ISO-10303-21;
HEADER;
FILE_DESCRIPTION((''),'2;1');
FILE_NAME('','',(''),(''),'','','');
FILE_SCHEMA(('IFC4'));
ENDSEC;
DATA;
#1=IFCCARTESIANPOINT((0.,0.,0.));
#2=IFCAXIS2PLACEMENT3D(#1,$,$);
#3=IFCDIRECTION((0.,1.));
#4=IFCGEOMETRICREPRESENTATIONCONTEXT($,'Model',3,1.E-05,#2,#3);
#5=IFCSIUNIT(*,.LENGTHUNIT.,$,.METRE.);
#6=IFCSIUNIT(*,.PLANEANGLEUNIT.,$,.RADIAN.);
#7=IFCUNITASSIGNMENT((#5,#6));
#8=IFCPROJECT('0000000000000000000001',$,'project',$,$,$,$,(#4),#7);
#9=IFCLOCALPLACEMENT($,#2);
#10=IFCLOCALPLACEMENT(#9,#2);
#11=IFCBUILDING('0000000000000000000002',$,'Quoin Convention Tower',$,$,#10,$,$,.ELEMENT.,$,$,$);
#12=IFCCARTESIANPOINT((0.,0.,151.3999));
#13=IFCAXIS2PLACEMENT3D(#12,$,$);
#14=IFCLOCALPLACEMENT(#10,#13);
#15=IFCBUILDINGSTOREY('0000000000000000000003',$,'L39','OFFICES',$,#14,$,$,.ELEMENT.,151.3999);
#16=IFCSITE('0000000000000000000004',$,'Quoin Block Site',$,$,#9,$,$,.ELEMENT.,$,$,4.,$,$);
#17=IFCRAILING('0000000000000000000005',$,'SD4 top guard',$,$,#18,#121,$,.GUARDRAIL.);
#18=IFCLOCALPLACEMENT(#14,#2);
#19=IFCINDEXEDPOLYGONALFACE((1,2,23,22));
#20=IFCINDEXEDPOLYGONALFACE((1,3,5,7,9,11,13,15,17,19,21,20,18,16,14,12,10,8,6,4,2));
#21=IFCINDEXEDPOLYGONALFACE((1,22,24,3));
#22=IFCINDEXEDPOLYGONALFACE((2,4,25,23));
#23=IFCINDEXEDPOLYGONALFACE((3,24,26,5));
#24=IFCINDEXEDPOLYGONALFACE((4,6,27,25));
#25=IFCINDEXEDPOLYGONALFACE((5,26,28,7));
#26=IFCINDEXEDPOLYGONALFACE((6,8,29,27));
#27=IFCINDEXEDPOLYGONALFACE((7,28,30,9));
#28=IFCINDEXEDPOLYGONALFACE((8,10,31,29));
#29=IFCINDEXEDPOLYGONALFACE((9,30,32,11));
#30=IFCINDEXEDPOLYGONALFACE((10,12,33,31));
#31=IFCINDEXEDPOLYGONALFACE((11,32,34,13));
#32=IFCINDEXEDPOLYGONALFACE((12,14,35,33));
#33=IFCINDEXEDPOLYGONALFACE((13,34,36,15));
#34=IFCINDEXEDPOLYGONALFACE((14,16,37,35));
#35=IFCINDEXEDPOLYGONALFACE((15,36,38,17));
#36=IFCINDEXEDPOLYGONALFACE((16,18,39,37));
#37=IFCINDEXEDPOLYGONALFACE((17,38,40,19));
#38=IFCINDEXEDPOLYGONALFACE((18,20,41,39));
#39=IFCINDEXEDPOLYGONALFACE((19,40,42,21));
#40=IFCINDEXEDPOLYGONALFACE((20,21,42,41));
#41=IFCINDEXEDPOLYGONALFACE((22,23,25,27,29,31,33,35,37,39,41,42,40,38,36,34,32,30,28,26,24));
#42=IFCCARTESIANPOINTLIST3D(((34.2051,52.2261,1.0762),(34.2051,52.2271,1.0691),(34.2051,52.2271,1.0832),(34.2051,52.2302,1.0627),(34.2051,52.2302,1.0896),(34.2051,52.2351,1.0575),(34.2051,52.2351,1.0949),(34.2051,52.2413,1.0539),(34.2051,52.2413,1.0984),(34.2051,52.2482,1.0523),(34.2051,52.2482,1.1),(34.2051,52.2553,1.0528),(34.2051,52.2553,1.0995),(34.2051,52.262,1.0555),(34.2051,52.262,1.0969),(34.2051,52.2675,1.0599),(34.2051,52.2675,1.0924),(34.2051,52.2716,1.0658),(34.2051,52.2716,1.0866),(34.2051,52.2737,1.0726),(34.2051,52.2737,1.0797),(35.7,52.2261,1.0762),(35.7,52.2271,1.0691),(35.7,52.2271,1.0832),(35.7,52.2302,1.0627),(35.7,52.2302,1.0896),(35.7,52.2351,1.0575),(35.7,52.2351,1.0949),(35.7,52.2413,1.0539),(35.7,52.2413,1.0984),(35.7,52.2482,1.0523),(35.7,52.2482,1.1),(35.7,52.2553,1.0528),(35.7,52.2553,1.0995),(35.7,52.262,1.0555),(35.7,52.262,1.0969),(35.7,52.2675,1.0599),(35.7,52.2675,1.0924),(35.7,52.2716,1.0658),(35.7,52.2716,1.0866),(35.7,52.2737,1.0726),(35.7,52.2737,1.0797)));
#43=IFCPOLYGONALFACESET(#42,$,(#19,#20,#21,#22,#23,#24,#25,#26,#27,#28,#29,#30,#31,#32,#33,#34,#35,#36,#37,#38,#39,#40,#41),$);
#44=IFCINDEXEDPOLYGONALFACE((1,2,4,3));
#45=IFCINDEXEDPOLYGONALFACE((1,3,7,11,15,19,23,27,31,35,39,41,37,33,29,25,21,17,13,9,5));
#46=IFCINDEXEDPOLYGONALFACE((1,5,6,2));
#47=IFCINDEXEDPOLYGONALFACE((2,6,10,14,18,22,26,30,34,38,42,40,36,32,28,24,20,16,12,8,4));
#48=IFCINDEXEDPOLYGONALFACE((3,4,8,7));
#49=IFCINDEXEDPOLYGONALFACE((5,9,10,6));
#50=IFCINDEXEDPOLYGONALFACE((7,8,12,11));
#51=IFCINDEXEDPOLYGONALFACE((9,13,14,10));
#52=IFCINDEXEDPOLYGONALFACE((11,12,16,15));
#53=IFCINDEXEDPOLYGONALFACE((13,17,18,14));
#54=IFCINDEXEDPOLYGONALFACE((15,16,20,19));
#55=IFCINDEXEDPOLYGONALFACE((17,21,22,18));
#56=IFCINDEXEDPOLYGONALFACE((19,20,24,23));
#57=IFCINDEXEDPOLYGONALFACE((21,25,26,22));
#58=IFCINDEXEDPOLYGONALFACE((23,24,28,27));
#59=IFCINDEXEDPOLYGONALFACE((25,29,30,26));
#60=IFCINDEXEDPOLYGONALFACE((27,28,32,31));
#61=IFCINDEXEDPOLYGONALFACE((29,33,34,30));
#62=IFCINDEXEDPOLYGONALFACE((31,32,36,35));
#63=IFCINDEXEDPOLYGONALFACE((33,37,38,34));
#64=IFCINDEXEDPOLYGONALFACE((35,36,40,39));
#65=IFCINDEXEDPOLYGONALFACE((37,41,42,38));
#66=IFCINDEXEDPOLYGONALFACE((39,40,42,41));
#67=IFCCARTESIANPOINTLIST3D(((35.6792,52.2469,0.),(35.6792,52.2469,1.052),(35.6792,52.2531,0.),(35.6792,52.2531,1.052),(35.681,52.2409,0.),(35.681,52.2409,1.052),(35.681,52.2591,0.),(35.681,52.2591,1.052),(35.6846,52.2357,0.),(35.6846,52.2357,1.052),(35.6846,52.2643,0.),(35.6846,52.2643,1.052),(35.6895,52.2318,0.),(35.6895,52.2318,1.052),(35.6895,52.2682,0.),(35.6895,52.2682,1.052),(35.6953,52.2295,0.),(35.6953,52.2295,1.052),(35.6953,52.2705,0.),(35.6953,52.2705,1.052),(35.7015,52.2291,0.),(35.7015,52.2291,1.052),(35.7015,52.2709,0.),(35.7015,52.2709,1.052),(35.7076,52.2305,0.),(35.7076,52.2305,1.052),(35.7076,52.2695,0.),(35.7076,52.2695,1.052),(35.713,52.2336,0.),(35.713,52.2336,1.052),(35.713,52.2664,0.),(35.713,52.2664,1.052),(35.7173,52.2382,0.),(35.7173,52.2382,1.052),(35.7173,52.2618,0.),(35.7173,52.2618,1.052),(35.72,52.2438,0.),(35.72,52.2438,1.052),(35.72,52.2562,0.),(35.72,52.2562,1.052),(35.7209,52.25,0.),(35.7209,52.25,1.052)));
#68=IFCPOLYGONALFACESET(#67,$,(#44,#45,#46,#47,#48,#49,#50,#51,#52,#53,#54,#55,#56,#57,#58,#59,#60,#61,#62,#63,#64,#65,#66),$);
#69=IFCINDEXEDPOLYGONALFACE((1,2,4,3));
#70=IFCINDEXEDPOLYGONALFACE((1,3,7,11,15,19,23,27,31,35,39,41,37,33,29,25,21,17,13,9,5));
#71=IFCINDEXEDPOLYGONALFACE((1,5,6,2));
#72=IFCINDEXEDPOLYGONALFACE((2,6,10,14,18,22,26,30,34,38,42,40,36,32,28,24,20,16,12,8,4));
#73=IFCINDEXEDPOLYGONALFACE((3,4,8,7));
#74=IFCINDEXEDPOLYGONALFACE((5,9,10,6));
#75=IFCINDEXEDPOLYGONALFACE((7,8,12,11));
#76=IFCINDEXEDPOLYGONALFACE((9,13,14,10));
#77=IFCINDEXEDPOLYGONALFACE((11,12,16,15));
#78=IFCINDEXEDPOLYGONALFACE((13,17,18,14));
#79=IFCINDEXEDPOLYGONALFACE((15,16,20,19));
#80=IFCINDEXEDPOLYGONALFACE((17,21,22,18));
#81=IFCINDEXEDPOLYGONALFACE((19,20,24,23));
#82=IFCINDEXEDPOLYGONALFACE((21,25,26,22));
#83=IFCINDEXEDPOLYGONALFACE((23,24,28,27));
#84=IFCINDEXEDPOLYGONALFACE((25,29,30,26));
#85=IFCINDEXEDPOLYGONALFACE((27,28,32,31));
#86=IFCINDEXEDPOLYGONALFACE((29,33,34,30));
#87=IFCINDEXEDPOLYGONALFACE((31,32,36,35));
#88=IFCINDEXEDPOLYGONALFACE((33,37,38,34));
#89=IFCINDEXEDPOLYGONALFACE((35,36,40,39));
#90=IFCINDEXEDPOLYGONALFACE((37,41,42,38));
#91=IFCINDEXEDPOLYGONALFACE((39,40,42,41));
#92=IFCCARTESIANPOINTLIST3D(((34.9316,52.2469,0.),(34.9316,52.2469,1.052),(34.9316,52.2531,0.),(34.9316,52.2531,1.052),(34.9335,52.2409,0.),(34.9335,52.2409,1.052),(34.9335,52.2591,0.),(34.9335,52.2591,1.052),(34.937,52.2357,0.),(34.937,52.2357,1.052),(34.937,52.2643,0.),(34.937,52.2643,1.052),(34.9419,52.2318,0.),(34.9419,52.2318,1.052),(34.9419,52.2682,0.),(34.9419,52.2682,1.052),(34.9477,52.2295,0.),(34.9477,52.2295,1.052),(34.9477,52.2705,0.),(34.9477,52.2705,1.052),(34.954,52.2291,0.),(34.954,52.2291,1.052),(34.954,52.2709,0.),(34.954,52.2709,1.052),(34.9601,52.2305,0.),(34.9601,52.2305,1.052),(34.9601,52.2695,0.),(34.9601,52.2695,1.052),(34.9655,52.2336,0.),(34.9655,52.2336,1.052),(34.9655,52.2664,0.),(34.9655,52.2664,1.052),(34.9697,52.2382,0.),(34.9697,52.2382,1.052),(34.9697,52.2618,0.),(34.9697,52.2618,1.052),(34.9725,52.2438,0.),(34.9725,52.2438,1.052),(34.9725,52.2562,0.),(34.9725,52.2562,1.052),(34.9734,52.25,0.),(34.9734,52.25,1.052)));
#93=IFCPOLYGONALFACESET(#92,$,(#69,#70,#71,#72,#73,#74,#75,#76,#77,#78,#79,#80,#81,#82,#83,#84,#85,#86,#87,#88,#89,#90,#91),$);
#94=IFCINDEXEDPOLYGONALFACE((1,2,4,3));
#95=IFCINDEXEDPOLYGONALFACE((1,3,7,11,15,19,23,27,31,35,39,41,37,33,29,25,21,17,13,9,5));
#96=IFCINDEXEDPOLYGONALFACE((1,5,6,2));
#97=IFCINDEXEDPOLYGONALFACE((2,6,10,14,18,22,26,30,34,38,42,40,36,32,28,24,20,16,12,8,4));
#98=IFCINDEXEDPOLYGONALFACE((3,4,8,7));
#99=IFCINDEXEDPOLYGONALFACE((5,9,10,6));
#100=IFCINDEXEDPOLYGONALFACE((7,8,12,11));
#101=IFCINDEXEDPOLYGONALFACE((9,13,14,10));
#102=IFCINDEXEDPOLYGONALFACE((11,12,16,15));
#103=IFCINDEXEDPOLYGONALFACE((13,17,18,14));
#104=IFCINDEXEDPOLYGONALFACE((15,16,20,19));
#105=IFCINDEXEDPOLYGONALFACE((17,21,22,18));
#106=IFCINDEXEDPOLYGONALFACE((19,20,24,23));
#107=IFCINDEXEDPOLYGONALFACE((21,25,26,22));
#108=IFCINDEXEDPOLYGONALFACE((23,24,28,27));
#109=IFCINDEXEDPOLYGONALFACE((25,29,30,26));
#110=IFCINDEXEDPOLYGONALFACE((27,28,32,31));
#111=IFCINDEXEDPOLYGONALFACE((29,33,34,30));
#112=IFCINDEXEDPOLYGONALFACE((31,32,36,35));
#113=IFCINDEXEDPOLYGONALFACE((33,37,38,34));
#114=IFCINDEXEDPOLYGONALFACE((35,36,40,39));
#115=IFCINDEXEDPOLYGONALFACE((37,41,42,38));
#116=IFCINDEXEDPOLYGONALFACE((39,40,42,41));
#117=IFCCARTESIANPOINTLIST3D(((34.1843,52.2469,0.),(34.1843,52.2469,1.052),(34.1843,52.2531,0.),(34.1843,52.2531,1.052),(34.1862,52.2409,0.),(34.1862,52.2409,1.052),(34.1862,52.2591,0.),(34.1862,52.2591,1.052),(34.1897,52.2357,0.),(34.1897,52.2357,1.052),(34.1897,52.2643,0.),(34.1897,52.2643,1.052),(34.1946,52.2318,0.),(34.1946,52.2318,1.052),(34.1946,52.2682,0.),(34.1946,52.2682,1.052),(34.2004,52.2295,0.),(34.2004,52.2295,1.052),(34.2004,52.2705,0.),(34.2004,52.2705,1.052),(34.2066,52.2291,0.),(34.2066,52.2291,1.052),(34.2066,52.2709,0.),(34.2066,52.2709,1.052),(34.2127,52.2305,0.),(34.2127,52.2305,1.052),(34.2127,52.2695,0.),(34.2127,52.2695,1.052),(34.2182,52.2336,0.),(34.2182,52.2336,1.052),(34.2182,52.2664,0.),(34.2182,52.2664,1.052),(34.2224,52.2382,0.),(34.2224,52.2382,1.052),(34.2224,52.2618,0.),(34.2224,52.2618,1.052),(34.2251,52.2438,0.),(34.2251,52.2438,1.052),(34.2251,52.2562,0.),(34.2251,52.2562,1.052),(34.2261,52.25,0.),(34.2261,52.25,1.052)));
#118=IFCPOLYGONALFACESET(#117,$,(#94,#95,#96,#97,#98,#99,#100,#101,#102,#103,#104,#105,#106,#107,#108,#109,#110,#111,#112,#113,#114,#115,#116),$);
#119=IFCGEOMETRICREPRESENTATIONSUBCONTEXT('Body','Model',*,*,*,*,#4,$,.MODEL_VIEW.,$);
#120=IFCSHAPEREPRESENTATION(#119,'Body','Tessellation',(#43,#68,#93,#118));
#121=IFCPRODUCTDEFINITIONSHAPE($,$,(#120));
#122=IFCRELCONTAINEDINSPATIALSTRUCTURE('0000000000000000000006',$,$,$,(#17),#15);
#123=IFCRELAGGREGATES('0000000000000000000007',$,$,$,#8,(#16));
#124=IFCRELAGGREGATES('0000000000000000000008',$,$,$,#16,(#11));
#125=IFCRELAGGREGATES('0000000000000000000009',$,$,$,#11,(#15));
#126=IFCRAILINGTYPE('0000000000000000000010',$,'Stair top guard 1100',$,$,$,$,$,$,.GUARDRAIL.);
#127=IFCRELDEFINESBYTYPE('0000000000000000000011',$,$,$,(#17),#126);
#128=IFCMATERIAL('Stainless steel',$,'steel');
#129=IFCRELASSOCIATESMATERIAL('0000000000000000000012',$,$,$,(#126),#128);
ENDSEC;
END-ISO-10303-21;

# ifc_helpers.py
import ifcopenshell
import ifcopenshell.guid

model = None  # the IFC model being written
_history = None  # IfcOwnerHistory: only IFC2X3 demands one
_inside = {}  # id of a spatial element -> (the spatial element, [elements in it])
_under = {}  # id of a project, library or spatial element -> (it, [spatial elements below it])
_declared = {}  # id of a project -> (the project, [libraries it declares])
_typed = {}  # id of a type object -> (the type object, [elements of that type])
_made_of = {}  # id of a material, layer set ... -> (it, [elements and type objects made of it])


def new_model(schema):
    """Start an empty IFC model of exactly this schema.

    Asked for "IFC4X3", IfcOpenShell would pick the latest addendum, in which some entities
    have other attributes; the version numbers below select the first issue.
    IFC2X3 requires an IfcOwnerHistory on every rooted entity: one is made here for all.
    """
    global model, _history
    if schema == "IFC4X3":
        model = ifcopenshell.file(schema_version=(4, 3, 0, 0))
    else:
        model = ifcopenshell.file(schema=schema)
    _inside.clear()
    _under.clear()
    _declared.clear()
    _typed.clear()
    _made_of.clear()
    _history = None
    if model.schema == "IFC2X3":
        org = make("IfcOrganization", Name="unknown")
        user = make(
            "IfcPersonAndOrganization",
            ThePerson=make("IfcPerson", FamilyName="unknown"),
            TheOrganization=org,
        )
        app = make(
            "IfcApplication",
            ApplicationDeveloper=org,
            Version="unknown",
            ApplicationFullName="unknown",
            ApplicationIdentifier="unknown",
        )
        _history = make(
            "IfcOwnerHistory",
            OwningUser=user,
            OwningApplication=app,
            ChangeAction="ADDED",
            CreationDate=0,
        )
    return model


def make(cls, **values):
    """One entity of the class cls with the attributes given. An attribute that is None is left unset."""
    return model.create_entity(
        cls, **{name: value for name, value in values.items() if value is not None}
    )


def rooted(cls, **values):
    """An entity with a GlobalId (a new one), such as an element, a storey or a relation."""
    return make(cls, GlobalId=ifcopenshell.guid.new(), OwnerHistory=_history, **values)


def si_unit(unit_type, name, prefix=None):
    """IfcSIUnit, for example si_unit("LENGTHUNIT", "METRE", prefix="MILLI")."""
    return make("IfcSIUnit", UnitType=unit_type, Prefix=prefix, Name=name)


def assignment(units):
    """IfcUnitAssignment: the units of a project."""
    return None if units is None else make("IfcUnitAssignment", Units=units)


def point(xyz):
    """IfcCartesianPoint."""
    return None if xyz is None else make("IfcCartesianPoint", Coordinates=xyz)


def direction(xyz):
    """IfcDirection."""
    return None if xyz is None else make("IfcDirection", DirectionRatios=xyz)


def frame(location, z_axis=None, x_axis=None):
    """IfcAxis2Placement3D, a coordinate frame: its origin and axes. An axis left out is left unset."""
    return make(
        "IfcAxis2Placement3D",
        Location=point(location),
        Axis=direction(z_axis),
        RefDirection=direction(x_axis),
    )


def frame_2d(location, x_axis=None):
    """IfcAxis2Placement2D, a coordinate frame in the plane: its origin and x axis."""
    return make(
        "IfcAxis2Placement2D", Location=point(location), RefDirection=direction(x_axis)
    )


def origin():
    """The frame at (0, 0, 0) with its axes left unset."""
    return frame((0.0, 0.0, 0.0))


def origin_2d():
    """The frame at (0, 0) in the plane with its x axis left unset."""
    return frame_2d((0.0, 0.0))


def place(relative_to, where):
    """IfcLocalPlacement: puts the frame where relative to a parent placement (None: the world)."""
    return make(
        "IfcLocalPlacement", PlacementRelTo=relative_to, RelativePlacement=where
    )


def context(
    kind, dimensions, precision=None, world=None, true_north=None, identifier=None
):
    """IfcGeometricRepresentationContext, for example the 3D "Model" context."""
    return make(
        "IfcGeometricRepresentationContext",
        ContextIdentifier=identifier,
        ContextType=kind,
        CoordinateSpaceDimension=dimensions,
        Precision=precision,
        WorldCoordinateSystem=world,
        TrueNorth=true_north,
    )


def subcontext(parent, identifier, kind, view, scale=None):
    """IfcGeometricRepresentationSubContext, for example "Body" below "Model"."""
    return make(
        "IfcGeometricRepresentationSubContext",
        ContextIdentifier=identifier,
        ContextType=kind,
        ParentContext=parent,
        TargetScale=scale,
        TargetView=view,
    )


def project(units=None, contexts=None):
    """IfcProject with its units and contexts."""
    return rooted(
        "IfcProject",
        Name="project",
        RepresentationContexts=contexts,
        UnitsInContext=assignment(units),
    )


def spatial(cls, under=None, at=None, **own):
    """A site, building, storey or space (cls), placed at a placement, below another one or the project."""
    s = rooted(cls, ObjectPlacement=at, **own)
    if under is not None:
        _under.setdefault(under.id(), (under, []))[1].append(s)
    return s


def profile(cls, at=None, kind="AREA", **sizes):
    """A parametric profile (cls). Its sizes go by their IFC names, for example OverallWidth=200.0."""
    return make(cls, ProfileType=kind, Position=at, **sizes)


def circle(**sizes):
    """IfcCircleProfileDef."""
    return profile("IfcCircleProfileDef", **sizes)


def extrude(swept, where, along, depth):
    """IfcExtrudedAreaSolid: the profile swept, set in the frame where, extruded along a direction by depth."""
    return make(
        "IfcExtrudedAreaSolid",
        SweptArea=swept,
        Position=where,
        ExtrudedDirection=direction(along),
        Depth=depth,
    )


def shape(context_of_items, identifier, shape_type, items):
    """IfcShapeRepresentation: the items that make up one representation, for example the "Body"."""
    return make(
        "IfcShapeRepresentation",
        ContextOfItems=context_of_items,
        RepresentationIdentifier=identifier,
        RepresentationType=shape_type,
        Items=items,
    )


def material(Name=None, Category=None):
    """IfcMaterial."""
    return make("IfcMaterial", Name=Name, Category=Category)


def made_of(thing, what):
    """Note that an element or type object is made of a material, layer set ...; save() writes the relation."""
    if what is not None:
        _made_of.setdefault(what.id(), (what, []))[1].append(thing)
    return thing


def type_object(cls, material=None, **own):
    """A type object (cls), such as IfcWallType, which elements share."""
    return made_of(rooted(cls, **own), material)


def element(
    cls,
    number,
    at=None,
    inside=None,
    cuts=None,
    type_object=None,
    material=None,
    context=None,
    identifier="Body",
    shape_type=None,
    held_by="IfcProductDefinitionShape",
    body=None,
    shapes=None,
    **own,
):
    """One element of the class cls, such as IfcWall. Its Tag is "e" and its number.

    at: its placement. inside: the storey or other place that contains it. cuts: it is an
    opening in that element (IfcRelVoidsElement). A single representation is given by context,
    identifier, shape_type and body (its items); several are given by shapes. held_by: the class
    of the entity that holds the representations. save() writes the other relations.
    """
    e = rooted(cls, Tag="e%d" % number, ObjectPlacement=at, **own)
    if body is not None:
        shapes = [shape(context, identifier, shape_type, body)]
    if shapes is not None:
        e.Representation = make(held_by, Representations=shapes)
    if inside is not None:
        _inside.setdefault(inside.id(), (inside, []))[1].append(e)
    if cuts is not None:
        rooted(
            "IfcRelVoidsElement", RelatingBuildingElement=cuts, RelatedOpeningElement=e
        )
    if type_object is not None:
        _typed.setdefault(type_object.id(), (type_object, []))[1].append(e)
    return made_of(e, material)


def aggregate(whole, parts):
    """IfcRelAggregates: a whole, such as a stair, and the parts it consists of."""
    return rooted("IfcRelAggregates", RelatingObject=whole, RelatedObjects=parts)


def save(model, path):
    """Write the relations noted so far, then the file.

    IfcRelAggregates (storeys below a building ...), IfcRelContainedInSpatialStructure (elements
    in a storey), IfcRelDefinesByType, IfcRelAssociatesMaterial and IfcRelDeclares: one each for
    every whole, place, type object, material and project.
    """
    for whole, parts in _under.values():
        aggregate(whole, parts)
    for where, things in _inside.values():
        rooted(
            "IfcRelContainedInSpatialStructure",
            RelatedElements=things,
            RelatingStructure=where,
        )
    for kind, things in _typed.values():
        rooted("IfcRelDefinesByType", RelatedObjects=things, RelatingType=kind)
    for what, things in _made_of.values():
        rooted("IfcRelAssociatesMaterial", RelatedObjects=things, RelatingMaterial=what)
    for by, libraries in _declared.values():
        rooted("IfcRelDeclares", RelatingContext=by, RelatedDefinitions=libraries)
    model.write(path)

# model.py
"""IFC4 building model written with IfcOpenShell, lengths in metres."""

from ifc_helpers import new_model, si_unit, direction, frame, origin, origin_2d, place, context, subcontext, project, spatial, circle, extrude, material, type_object, element, save


model = new_model("IFC4")

# Units and contexts
model_context = context("Model", 3, precision=1e-05, world=origin(), true_north=direction((0.0, 1.0)))
body_context = subcontext(model_context, "Body", "Model", "MODEL_VIEW")
ifc_project = project(units=[si_unit("LENGTHUNIT", "METRE"), si_unit("PLANEANGLEUNIT", "RADIAN")], contexts=[model_context])

# Site, building, storey
site_placement = place(None, origin())
site = spatial("IfcSite", under=ifc_project, at=site_placement, Name="Quoin Block Site", CompositionType="ELEMENT", RefElevation=4.0)
building_placement = place(site_placement, origin())
building = spatial("IfcBuilding", under=site, at=building_placement, Name="Quoin Convention Tower", CompositionType="ELEMENT")
storey_placement = place(building_placement, frame((0.0, 0.0, 151.3999)))
storey = spatial("IfcBuildingStorey", under=building, at=storey_placement, Name="L39", Description="OFFICES", CompositionType="ELEMENT", Elevation=151.3999)

# Railing
ifc_material_1 = material(Name="Stainless steel", Category="steel")
railing_type_1 = type_object("IfcRailingType", Name="Stair top guard 1100", PredefinedType="GUARDRAIL", material=ifc_material_1)
railing_1_placement = place(storey_placement, frame((35.7, 52.25, 0.0)))
element("IfcRailing", 1, at=railing_1_placement, inside=storey, type_object=railing_type_1, Name="SD4 top guard", PredefinedType="GUARDRAIL", context=body_context, shape_type="SweptSolid", body=[
    extrude(circle(Radius=0.0239, at=origin_2d()), frame((0.0, 0.0, 1.0762), z_axis=(-1.0, 0.0, 0.0), x_axis=(0.0, -1.0, 0.0)), (0.0, 0.0, 1.0), 1.4949),
    extrude(circle(Radius=0.021, at=origin_2d()), origin(), (0.0, 0.0, 1.0), 1.052),
    extrude(circle(Radius=0.021, at=origin_2d()), frame((-0.7476, 0.0, 0.0)), (0.0, 0.0, 1.0), 1.052),
    extrude(circle(Radius=0.021, at=origin_2d()), frame((-1.4949, 0.0, 0.0)), (0.0, 0.0, 1.0), 1.052),
])

save(model, "model.ifc")
